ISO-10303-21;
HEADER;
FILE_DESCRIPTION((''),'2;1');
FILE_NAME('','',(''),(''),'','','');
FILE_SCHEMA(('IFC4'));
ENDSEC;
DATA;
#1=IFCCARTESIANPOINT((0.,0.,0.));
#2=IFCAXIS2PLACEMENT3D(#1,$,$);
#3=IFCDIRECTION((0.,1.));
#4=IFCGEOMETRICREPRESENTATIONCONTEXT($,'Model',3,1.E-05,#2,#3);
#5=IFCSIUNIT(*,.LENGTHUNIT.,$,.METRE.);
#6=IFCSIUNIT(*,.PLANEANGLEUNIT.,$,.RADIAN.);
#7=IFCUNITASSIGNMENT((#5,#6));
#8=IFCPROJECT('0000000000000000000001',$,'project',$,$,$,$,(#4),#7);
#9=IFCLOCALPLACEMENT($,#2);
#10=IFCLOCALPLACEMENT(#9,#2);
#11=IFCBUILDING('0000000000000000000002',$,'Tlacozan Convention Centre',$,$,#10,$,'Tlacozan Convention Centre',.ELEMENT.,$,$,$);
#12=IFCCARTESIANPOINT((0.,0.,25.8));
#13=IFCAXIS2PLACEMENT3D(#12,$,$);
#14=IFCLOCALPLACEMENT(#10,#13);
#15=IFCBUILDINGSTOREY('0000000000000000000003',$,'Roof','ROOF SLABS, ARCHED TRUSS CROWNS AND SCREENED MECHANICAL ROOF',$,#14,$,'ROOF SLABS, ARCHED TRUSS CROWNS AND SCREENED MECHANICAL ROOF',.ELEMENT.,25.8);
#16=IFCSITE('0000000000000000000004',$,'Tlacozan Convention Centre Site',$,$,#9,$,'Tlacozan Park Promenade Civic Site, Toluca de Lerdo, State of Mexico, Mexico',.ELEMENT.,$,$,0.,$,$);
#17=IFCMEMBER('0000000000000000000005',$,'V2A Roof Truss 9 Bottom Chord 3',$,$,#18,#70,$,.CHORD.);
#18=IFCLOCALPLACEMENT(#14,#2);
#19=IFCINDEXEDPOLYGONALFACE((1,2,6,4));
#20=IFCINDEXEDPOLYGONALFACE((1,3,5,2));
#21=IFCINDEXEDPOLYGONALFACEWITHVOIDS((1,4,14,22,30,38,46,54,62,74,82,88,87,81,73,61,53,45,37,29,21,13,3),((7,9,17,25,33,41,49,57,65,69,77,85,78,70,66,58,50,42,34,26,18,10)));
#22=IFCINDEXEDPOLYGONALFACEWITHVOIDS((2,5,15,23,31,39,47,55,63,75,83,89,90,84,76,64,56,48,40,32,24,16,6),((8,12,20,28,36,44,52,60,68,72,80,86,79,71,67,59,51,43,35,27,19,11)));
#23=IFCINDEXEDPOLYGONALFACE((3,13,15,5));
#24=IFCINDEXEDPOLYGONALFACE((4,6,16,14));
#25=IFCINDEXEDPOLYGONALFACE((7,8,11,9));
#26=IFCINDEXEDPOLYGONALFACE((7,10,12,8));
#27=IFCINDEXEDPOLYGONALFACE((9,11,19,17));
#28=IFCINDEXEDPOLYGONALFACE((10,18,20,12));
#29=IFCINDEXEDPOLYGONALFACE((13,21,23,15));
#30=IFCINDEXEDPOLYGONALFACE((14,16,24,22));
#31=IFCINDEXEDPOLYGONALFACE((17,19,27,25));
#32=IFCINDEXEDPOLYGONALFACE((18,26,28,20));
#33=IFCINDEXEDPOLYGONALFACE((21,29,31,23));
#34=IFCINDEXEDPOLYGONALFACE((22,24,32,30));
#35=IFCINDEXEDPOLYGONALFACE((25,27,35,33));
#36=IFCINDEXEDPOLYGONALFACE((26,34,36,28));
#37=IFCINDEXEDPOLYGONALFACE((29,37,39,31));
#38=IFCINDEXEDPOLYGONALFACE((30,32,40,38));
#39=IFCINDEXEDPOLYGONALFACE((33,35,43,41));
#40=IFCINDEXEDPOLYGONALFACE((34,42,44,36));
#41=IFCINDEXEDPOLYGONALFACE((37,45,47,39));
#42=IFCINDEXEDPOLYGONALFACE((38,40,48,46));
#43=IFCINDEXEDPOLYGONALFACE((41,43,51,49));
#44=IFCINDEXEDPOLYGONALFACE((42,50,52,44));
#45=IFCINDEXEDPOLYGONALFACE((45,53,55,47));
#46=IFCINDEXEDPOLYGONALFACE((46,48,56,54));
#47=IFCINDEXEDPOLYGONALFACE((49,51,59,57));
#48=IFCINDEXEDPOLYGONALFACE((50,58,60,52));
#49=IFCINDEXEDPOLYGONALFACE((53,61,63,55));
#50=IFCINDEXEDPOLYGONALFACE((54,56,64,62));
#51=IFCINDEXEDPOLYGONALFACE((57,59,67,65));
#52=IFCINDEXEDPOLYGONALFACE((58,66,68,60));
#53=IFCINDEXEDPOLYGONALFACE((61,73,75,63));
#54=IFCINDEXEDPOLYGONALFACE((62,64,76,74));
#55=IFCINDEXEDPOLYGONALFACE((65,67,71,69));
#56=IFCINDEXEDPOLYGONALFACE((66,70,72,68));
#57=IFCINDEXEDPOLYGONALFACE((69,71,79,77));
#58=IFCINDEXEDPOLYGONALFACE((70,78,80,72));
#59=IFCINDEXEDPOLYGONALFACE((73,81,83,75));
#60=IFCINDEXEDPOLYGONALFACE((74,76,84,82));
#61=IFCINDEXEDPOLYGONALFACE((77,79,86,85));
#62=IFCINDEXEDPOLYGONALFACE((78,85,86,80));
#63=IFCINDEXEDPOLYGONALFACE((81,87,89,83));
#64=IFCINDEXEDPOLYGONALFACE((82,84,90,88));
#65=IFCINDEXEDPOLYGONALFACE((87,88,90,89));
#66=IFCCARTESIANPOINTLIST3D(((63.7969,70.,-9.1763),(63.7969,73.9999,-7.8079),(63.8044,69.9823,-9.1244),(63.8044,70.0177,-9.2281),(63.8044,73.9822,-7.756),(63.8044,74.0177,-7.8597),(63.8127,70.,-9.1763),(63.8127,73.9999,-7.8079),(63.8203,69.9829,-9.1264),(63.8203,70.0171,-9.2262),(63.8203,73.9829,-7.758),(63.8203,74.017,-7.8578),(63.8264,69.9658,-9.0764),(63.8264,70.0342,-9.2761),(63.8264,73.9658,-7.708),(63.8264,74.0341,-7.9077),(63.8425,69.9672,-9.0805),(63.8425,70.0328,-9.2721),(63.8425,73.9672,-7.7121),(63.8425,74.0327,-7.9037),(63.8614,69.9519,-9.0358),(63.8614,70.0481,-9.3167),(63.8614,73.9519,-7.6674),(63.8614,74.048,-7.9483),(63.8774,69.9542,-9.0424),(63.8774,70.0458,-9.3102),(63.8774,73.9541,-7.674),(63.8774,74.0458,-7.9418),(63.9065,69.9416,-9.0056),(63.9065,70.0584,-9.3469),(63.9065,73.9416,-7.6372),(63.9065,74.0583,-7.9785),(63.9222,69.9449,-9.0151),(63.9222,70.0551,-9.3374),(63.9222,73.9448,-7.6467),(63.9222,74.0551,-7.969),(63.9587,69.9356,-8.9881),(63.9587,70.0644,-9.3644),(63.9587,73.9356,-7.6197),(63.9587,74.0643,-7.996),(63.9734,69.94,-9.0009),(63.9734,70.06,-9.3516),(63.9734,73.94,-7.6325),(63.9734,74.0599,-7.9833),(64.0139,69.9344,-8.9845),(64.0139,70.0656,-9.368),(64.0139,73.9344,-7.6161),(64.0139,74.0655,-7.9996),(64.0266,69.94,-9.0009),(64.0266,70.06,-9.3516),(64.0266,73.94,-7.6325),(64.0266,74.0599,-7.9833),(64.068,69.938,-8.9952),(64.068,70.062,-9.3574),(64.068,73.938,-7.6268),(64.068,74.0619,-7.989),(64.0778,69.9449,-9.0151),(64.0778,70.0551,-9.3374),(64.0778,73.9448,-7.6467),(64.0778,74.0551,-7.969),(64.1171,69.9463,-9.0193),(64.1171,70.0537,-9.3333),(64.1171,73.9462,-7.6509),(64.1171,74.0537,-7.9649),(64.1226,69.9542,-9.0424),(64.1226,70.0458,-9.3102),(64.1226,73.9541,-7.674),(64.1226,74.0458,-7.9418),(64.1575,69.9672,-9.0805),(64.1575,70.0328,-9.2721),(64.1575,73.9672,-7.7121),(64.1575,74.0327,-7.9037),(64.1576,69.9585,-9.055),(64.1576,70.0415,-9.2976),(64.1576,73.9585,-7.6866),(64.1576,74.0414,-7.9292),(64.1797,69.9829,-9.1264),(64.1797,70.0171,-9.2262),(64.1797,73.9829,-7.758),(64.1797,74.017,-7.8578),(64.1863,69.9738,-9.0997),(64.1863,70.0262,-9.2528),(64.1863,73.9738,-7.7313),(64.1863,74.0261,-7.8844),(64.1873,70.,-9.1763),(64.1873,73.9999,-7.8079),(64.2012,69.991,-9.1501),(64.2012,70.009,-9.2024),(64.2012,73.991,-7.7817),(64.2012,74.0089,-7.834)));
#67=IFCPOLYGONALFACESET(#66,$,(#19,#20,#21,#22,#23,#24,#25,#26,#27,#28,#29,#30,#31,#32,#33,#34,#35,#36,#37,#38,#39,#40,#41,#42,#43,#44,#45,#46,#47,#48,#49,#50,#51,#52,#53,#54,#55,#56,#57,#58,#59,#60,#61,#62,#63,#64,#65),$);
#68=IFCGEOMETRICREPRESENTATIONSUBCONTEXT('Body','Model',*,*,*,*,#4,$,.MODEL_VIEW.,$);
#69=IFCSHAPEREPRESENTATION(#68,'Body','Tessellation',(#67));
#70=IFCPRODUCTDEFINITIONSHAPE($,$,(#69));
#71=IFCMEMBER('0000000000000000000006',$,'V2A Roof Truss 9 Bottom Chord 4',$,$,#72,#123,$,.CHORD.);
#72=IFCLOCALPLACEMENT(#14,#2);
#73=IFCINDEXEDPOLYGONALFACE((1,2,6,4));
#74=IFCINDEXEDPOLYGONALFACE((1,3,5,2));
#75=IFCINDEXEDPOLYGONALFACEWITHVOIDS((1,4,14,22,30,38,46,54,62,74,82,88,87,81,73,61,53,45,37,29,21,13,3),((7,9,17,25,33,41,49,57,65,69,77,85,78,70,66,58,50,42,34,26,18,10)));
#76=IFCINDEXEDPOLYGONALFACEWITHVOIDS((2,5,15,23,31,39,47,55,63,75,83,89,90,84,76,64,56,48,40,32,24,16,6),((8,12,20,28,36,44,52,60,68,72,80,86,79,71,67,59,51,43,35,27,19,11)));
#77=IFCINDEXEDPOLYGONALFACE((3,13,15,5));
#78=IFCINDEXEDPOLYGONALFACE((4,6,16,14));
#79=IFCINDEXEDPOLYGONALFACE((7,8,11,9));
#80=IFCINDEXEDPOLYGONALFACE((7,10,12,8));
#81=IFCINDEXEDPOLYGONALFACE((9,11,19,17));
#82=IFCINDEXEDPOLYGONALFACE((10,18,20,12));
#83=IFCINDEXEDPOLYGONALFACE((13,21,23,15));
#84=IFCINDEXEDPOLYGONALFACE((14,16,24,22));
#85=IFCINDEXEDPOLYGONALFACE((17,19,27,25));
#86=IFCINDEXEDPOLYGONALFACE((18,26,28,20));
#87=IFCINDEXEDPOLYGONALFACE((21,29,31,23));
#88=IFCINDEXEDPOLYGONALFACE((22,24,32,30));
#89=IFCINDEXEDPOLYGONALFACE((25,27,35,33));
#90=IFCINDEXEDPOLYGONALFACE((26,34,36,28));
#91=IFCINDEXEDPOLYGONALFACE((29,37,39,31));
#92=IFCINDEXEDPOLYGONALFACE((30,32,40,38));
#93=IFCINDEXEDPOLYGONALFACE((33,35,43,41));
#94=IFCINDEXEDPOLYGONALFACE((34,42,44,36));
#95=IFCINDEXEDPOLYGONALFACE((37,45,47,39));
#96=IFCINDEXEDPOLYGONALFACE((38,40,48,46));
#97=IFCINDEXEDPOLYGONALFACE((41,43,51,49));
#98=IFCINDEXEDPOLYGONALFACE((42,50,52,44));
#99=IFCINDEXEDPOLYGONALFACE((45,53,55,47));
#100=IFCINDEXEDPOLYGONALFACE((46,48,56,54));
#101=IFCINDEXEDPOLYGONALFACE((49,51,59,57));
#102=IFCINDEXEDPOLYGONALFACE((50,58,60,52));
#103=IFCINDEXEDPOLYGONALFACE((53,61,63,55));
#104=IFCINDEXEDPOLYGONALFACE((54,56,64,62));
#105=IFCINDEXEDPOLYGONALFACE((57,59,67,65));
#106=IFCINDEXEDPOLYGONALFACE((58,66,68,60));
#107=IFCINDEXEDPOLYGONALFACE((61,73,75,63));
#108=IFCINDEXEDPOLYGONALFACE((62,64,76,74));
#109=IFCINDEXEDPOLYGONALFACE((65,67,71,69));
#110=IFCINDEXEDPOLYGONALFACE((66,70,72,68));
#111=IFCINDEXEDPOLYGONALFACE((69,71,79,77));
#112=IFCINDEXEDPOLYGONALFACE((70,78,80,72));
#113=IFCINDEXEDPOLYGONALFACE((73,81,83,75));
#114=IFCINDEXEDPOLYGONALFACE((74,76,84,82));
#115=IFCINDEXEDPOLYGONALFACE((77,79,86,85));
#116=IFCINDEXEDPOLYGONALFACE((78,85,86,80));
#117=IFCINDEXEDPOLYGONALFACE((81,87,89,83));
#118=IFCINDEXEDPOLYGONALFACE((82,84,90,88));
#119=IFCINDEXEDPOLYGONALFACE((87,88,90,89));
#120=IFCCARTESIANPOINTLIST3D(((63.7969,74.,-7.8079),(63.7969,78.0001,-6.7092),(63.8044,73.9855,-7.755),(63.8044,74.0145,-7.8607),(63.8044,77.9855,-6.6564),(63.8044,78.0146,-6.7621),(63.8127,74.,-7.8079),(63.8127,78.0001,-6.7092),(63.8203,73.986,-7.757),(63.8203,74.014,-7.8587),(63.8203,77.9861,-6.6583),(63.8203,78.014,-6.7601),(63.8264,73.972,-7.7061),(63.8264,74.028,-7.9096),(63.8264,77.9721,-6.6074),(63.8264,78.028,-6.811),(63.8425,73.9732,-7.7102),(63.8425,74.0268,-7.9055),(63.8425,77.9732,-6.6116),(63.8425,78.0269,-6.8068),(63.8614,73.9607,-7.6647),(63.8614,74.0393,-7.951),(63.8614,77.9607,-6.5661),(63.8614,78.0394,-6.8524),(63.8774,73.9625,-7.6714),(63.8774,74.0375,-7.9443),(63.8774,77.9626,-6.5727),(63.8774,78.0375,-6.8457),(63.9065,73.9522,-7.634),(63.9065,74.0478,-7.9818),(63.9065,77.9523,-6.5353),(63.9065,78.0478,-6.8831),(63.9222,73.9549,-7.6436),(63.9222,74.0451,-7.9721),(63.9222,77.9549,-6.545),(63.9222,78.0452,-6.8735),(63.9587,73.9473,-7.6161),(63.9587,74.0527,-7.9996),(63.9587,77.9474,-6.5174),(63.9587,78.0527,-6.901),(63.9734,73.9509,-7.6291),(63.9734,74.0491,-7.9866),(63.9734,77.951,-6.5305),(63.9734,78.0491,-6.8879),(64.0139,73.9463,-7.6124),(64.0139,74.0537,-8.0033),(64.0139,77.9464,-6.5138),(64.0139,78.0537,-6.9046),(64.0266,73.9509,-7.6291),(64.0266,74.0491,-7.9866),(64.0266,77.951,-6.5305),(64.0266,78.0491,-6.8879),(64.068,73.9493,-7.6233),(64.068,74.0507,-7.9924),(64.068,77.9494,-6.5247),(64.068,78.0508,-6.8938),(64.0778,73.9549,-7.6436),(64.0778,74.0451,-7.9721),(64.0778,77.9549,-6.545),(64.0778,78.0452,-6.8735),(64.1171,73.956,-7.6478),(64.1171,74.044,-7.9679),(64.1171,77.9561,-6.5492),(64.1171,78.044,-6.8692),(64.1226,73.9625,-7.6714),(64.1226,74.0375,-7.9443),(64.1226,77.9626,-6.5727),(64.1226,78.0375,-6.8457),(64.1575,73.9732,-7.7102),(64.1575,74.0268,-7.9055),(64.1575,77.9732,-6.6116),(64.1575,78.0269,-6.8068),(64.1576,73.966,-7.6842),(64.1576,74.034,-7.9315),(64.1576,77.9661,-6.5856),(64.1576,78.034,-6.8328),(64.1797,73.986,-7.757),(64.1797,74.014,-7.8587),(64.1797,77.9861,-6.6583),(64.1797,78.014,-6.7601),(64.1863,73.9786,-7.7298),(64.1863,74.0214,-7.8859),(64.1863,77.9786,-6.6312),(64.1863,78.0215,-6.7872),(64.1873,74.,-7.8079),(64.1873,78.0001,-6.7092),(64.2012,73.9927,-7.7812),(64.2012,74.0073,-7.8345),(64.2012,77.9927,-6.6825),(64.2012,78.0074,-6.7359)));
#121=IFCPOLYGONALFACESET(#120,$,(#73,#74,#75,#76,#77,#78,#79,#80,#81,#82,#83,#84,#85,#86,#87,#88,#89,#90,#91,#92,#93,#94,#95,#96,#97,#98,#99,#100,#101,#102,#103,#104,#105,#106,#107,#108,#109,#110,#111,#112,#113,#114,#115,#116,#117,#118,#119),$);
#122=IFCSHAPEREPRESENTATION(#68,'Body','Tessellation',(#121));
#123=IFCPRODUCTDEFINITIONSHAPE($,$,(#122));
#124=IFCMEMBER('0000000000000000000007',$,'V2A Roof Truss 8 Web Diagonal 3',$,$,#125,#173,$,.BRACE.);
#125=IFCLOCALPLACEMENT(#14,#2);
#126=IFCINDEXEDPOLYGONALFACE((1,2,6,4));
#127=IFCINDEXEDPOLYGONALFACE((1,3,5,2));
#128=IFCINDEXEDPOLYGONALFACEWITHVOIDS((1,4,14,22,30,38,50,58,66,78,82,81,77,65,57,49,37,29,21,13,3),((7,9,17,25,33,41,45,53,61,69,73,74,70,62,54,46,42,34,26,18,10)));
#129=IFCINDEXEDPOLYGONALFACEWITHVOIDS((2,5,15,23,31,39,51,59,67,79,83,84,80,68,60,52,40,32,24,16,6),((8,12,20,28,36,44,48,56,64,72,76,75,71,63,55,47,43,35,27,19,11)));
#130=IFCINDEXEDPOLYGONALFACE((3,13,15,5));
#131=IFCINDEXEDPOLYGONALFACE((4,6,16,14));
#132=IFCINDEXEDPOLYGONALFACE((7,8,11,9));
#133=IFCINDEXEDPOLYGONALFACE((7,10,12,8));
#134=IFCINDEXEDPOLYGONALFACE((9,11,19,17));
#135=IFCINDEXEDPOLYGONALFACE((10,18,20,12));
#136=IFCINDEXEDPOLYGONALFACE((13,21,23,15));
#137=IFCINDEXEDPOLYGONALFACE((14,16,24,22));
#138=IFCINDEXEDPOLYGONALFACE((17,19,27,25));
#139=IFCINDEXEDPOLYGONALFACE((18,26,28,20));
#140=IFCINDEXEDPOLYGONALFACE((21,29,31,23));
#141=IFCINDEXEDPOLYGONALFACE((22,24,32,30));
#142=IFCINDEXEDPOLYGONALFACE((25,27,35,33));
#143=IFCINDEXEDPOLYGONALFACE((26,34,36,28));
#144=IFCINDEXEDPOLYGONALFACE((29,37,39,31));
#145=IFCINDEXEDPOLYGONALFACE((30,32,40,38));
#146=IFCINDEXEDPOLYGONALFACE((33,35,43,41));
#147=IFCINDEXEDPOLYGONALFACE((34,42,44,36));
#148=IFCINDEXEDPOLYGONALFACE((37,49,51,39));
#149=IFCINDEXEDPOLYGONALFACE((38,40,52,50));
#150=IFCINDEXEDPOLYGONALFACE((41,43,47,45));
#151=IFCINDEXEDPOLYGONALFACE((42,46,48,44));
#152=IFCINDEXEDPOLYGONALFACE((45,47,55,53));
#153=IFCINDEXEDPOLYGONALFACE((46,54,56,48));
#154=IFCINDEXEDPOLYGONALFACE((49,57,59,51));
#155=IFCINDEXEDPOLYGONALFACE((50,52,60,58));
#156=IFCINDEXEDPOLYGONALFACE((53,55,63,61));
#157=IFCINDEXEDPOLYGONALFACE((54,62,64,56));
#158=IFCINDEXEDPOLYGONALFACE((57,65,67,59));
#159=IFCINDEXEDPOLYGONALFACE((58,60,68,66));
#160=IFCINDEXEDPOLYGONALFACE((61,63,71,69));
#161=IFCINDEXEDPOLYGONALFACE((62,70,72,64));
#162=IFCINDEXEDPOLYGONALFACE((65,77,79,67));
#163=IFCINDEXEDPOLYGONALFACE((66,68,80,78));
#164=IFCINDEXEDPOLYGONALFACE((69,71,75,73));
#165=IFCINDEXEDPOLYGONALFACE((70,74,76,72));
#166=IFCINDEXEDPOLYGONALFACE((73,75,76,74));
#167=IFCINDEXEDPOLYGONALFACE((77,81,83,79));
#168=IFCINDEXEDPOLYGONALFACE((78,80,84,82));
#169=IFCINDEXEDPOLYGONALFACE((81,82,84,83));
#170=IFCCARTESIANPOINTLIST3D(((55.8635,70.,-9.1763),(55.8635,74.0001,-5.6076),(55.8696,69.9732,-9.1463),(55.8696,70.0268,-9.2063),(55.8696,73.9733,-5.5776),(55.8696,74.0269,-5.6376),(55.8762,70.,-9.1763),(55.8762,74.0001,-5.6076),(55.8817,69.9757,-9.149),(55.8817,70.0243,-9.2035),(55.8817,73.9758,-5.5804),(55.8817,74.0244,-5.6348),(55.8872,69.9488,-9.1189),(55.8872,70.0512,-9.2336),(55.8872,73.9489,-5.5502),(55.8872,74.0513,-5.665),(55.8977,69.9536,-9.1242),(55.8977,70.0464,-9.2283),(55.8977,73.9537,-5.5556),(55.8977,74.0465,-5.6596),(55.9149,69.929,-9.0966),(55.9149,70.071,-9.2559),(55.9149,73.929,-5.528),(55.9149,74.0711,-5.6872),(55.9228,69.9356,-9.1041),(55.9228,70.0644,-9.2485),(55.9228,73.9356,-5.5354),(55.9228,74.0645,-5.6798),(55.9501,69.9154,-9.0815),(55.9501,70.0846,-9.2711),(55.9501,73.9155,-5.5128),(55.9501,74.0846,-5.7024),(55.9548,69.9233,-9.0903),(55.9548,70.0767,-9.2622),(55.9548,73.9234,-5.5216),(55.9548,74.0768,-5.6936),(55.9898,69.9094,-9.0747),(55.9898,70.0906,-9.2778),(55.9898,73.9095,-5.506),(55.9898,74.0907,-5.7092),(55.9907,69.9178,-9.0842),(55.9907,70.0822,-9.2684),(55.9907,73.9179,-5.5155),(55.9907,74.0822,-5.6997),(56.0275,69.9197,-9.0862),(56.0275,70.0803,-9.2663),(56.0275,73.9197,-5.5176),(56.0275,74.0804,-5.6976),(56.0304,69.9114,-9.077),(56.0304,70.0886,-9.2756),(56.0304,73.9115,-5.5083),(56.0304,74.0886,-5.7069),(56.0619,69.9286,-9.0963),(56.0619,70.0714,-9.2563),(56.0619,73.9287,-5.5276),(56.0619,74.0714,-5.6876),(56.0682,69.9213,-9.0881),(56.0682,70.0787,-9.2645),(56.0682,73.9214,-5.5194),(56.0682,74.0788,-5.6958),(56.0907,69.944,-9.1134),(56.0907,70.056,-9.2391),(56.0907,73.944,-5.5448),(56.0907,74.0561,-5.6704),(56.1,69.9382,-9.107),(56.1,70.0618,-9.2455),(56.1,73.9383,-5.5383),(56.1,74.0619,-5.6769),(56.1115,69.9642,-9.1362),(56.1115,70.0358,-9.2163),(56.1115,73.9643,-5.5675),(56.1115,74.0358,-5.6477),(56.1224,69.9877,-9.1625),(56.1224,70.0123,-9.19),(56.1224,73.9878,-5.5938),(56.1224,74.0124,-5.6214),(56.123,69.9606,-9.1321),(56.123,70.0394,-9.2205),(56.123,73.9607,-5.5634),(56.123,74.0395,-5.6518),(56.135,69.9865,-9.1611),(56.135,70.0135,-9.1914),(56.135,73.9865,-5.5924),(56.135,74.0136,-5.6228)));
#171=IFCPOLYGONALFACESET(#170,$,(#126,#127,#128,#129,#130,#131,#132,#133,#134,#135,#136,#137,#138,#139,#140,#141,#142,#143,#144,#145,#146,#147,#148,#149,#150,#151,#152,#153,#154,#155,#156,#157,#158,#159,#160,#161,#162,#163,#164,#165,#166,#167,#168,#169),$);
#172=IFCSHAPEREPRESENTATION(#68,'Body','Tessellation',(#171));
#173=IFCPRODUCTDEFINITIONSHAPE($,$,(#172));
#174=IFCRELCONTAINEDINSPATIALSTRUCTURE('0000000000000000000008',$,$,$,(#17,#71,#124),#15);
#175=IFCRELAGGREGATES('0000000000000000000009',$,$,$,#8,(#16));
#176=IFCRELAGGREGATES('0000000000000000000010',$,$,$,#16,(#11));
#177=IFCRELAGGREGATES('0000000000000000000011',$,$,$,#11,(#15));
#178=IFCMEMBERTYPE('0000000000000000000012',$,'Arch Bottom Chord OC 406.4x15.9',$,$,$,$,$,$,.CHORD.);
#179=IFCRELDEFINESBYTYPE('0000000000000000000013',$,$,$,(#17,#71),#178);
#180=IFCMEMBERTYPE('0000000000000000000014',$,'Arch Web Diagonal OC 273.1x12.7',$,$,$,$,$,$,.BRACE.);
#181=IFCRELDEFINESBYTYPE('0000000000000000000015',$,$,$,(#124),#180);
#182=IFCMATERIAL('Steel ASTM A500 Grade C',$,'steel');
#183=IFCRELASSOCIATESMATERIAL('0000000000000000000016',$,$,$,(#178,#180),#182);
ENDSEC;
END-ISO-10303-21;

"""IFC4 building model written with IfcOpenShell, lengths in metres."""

from ifc_helpers import new_model, si_unit, direction, frame, origin, origin_2d, place, context, subcontext, project, spatial, hollow_circle, extrude, material, material_profile, profile_set, type_object, element, save


model = new_model("IFC4")

# Units and contexts
model_context = context("Model", 3, precision=1e-05, world=origin(), true_north=direction((0.0, 1.0)))
body_context = subcontext(model_context, "Body", "Model", "MODEL_VIEW")
ifc_project = project(units=[si_unit("LENGTHUNIT", "METRE"), si_unit("PLANEANGLEUNIT", "RADIAN")], contexts=[model_context])

# Site, building, storey
site_placement = place(None, origin())
site = spatial("IfcSite", under=ifc_project, at=site_placement, Name="Tlacozan Convention Centre Site", LongName="Tlacozan Park Promenade Civic Site, Toluca de Lerdo, State of Mexico, Mexico", CompositionType="ELEMENT", RefElevation=0.0)
building_placement = place(site_placement, origin())
building = spatial("IfcBuilding", under=site, at=building_placement, Name="Tlacozan Convention Centre", LongName="Tlacozan Convention Centre", CompositionType="ELEMENT")
storey_placement = place(building_placement, frame((0.0, 0.0, 25.8)))
storey = spatial("IfcBuildingStorey", under=building, at=storey_placement, Name="Roof", Description="ROOF SLABS, ARCHED TRUSS CROWNS AND SCREENED MECHANICAL ROOF", LongName="ROOF SLABS, ARCHED TRUSS CROWNS AND SCREENED MECHANICAL ROOF", CompositionType="ELEMENT", Elevation=25.8)

# Members
ifc_material_1 = material(Name="Steel ASTM A500 Grade C", Category="steel")
ifc_material_profile_1 = material_profile(ifc_material_1, hollow_circle(Radius=0.2031, WallThickness=0.0159, at=origin_2d()), Name="OC 406.4x15.9")
ifc_profile_set_1 = profile_set([ifc_material_profile_1], Name="Steel ASTM A500 Grade C")
member_type_1 = type_object("IfcMemberType", Name="Arch Bottom Chord OC 406.4x15.9", PredefinedType="CHORD", material=ifc_profile_set_1)
member_1_placement = place(storey_placement, frame((64.0, 70.0, -9.1763), z_axis=(0.0, 0.946165, 0.323685), x_axis=(-1.0, 0.0, 0.0)))
element("IfcMember", 1, at=member_1_placement, inside=storey, type_object=member_type_1, Name="V2A Roof Truss 9 Bottom Chord 3", PredefinedType="CHORD", context=body_context, shape_type="SweptSolid", body=[
    extrude(hollow_circle(Radius=0.2031, WallThickness=0.0159, at=origin_2d()), origin(), (0.0, 0.0, 1.0), 4.2275),
])
member_2_placement = place(storey_placement, frame((64.0, 74.0, -7.8079), z_axis=(0.0, 0.96429, 0.26485), x_axis=(-1.0, 0.0, 0.0)))
element("IfcMember", 2, at=member_2_placement, inside=storey, type_object=member_type_1, Name="V2A Roof Truss 9 Bottom Chord 4", PredefinedType="CHORD", context=body_context, shape_type="SweptSolid", body=[
    extrude(hollow_circle(Radius=0.2031, WallThickness=0.0159, at=origin_2d()), origin(), (0.0, 0.0, 1.0), 4.1482),
])
ifc_material_profile_2 = material_profile(ifc_material_1, hollow_circle(Radius=0.1365, WallThickness=0.0127, at=origin_2d()), Name="OC 273.1x12.7")
ifc_profile_set_2 = profile_set([ifc_material_profile_2], Name="Steel ASTM A500 Grade C")
member_type_2 = type_object("IfcMemberType", Name="Arch Web Diagonal OC 273.1x12.7", PredefinedType="BRACE", material=ifc_profile_set_2)
member_3_placement = place(storey_placement, frame((56.0, 70.0, -9.1763), z_axis=(0.0, 0.746199, 0.665722), x_axis=(-1.0, 0.0, 0.0)))
element("IfcMember", 3, at=member_3_placement, inside=storey, type_object=member_type_2, Name="V2A Roof Truss 8 Web Diagonal 3", PredefinedType="BRACE", context=body_context, shape_type="SweptSolid", body=[
    extrude(hollow_circle(Radius=0.1365, WallThickness=0.0127, at=origin_2d()), origin(), (0.0, 0.0, 1.0), 5.3606),
])

save(model, "model.ifc")
